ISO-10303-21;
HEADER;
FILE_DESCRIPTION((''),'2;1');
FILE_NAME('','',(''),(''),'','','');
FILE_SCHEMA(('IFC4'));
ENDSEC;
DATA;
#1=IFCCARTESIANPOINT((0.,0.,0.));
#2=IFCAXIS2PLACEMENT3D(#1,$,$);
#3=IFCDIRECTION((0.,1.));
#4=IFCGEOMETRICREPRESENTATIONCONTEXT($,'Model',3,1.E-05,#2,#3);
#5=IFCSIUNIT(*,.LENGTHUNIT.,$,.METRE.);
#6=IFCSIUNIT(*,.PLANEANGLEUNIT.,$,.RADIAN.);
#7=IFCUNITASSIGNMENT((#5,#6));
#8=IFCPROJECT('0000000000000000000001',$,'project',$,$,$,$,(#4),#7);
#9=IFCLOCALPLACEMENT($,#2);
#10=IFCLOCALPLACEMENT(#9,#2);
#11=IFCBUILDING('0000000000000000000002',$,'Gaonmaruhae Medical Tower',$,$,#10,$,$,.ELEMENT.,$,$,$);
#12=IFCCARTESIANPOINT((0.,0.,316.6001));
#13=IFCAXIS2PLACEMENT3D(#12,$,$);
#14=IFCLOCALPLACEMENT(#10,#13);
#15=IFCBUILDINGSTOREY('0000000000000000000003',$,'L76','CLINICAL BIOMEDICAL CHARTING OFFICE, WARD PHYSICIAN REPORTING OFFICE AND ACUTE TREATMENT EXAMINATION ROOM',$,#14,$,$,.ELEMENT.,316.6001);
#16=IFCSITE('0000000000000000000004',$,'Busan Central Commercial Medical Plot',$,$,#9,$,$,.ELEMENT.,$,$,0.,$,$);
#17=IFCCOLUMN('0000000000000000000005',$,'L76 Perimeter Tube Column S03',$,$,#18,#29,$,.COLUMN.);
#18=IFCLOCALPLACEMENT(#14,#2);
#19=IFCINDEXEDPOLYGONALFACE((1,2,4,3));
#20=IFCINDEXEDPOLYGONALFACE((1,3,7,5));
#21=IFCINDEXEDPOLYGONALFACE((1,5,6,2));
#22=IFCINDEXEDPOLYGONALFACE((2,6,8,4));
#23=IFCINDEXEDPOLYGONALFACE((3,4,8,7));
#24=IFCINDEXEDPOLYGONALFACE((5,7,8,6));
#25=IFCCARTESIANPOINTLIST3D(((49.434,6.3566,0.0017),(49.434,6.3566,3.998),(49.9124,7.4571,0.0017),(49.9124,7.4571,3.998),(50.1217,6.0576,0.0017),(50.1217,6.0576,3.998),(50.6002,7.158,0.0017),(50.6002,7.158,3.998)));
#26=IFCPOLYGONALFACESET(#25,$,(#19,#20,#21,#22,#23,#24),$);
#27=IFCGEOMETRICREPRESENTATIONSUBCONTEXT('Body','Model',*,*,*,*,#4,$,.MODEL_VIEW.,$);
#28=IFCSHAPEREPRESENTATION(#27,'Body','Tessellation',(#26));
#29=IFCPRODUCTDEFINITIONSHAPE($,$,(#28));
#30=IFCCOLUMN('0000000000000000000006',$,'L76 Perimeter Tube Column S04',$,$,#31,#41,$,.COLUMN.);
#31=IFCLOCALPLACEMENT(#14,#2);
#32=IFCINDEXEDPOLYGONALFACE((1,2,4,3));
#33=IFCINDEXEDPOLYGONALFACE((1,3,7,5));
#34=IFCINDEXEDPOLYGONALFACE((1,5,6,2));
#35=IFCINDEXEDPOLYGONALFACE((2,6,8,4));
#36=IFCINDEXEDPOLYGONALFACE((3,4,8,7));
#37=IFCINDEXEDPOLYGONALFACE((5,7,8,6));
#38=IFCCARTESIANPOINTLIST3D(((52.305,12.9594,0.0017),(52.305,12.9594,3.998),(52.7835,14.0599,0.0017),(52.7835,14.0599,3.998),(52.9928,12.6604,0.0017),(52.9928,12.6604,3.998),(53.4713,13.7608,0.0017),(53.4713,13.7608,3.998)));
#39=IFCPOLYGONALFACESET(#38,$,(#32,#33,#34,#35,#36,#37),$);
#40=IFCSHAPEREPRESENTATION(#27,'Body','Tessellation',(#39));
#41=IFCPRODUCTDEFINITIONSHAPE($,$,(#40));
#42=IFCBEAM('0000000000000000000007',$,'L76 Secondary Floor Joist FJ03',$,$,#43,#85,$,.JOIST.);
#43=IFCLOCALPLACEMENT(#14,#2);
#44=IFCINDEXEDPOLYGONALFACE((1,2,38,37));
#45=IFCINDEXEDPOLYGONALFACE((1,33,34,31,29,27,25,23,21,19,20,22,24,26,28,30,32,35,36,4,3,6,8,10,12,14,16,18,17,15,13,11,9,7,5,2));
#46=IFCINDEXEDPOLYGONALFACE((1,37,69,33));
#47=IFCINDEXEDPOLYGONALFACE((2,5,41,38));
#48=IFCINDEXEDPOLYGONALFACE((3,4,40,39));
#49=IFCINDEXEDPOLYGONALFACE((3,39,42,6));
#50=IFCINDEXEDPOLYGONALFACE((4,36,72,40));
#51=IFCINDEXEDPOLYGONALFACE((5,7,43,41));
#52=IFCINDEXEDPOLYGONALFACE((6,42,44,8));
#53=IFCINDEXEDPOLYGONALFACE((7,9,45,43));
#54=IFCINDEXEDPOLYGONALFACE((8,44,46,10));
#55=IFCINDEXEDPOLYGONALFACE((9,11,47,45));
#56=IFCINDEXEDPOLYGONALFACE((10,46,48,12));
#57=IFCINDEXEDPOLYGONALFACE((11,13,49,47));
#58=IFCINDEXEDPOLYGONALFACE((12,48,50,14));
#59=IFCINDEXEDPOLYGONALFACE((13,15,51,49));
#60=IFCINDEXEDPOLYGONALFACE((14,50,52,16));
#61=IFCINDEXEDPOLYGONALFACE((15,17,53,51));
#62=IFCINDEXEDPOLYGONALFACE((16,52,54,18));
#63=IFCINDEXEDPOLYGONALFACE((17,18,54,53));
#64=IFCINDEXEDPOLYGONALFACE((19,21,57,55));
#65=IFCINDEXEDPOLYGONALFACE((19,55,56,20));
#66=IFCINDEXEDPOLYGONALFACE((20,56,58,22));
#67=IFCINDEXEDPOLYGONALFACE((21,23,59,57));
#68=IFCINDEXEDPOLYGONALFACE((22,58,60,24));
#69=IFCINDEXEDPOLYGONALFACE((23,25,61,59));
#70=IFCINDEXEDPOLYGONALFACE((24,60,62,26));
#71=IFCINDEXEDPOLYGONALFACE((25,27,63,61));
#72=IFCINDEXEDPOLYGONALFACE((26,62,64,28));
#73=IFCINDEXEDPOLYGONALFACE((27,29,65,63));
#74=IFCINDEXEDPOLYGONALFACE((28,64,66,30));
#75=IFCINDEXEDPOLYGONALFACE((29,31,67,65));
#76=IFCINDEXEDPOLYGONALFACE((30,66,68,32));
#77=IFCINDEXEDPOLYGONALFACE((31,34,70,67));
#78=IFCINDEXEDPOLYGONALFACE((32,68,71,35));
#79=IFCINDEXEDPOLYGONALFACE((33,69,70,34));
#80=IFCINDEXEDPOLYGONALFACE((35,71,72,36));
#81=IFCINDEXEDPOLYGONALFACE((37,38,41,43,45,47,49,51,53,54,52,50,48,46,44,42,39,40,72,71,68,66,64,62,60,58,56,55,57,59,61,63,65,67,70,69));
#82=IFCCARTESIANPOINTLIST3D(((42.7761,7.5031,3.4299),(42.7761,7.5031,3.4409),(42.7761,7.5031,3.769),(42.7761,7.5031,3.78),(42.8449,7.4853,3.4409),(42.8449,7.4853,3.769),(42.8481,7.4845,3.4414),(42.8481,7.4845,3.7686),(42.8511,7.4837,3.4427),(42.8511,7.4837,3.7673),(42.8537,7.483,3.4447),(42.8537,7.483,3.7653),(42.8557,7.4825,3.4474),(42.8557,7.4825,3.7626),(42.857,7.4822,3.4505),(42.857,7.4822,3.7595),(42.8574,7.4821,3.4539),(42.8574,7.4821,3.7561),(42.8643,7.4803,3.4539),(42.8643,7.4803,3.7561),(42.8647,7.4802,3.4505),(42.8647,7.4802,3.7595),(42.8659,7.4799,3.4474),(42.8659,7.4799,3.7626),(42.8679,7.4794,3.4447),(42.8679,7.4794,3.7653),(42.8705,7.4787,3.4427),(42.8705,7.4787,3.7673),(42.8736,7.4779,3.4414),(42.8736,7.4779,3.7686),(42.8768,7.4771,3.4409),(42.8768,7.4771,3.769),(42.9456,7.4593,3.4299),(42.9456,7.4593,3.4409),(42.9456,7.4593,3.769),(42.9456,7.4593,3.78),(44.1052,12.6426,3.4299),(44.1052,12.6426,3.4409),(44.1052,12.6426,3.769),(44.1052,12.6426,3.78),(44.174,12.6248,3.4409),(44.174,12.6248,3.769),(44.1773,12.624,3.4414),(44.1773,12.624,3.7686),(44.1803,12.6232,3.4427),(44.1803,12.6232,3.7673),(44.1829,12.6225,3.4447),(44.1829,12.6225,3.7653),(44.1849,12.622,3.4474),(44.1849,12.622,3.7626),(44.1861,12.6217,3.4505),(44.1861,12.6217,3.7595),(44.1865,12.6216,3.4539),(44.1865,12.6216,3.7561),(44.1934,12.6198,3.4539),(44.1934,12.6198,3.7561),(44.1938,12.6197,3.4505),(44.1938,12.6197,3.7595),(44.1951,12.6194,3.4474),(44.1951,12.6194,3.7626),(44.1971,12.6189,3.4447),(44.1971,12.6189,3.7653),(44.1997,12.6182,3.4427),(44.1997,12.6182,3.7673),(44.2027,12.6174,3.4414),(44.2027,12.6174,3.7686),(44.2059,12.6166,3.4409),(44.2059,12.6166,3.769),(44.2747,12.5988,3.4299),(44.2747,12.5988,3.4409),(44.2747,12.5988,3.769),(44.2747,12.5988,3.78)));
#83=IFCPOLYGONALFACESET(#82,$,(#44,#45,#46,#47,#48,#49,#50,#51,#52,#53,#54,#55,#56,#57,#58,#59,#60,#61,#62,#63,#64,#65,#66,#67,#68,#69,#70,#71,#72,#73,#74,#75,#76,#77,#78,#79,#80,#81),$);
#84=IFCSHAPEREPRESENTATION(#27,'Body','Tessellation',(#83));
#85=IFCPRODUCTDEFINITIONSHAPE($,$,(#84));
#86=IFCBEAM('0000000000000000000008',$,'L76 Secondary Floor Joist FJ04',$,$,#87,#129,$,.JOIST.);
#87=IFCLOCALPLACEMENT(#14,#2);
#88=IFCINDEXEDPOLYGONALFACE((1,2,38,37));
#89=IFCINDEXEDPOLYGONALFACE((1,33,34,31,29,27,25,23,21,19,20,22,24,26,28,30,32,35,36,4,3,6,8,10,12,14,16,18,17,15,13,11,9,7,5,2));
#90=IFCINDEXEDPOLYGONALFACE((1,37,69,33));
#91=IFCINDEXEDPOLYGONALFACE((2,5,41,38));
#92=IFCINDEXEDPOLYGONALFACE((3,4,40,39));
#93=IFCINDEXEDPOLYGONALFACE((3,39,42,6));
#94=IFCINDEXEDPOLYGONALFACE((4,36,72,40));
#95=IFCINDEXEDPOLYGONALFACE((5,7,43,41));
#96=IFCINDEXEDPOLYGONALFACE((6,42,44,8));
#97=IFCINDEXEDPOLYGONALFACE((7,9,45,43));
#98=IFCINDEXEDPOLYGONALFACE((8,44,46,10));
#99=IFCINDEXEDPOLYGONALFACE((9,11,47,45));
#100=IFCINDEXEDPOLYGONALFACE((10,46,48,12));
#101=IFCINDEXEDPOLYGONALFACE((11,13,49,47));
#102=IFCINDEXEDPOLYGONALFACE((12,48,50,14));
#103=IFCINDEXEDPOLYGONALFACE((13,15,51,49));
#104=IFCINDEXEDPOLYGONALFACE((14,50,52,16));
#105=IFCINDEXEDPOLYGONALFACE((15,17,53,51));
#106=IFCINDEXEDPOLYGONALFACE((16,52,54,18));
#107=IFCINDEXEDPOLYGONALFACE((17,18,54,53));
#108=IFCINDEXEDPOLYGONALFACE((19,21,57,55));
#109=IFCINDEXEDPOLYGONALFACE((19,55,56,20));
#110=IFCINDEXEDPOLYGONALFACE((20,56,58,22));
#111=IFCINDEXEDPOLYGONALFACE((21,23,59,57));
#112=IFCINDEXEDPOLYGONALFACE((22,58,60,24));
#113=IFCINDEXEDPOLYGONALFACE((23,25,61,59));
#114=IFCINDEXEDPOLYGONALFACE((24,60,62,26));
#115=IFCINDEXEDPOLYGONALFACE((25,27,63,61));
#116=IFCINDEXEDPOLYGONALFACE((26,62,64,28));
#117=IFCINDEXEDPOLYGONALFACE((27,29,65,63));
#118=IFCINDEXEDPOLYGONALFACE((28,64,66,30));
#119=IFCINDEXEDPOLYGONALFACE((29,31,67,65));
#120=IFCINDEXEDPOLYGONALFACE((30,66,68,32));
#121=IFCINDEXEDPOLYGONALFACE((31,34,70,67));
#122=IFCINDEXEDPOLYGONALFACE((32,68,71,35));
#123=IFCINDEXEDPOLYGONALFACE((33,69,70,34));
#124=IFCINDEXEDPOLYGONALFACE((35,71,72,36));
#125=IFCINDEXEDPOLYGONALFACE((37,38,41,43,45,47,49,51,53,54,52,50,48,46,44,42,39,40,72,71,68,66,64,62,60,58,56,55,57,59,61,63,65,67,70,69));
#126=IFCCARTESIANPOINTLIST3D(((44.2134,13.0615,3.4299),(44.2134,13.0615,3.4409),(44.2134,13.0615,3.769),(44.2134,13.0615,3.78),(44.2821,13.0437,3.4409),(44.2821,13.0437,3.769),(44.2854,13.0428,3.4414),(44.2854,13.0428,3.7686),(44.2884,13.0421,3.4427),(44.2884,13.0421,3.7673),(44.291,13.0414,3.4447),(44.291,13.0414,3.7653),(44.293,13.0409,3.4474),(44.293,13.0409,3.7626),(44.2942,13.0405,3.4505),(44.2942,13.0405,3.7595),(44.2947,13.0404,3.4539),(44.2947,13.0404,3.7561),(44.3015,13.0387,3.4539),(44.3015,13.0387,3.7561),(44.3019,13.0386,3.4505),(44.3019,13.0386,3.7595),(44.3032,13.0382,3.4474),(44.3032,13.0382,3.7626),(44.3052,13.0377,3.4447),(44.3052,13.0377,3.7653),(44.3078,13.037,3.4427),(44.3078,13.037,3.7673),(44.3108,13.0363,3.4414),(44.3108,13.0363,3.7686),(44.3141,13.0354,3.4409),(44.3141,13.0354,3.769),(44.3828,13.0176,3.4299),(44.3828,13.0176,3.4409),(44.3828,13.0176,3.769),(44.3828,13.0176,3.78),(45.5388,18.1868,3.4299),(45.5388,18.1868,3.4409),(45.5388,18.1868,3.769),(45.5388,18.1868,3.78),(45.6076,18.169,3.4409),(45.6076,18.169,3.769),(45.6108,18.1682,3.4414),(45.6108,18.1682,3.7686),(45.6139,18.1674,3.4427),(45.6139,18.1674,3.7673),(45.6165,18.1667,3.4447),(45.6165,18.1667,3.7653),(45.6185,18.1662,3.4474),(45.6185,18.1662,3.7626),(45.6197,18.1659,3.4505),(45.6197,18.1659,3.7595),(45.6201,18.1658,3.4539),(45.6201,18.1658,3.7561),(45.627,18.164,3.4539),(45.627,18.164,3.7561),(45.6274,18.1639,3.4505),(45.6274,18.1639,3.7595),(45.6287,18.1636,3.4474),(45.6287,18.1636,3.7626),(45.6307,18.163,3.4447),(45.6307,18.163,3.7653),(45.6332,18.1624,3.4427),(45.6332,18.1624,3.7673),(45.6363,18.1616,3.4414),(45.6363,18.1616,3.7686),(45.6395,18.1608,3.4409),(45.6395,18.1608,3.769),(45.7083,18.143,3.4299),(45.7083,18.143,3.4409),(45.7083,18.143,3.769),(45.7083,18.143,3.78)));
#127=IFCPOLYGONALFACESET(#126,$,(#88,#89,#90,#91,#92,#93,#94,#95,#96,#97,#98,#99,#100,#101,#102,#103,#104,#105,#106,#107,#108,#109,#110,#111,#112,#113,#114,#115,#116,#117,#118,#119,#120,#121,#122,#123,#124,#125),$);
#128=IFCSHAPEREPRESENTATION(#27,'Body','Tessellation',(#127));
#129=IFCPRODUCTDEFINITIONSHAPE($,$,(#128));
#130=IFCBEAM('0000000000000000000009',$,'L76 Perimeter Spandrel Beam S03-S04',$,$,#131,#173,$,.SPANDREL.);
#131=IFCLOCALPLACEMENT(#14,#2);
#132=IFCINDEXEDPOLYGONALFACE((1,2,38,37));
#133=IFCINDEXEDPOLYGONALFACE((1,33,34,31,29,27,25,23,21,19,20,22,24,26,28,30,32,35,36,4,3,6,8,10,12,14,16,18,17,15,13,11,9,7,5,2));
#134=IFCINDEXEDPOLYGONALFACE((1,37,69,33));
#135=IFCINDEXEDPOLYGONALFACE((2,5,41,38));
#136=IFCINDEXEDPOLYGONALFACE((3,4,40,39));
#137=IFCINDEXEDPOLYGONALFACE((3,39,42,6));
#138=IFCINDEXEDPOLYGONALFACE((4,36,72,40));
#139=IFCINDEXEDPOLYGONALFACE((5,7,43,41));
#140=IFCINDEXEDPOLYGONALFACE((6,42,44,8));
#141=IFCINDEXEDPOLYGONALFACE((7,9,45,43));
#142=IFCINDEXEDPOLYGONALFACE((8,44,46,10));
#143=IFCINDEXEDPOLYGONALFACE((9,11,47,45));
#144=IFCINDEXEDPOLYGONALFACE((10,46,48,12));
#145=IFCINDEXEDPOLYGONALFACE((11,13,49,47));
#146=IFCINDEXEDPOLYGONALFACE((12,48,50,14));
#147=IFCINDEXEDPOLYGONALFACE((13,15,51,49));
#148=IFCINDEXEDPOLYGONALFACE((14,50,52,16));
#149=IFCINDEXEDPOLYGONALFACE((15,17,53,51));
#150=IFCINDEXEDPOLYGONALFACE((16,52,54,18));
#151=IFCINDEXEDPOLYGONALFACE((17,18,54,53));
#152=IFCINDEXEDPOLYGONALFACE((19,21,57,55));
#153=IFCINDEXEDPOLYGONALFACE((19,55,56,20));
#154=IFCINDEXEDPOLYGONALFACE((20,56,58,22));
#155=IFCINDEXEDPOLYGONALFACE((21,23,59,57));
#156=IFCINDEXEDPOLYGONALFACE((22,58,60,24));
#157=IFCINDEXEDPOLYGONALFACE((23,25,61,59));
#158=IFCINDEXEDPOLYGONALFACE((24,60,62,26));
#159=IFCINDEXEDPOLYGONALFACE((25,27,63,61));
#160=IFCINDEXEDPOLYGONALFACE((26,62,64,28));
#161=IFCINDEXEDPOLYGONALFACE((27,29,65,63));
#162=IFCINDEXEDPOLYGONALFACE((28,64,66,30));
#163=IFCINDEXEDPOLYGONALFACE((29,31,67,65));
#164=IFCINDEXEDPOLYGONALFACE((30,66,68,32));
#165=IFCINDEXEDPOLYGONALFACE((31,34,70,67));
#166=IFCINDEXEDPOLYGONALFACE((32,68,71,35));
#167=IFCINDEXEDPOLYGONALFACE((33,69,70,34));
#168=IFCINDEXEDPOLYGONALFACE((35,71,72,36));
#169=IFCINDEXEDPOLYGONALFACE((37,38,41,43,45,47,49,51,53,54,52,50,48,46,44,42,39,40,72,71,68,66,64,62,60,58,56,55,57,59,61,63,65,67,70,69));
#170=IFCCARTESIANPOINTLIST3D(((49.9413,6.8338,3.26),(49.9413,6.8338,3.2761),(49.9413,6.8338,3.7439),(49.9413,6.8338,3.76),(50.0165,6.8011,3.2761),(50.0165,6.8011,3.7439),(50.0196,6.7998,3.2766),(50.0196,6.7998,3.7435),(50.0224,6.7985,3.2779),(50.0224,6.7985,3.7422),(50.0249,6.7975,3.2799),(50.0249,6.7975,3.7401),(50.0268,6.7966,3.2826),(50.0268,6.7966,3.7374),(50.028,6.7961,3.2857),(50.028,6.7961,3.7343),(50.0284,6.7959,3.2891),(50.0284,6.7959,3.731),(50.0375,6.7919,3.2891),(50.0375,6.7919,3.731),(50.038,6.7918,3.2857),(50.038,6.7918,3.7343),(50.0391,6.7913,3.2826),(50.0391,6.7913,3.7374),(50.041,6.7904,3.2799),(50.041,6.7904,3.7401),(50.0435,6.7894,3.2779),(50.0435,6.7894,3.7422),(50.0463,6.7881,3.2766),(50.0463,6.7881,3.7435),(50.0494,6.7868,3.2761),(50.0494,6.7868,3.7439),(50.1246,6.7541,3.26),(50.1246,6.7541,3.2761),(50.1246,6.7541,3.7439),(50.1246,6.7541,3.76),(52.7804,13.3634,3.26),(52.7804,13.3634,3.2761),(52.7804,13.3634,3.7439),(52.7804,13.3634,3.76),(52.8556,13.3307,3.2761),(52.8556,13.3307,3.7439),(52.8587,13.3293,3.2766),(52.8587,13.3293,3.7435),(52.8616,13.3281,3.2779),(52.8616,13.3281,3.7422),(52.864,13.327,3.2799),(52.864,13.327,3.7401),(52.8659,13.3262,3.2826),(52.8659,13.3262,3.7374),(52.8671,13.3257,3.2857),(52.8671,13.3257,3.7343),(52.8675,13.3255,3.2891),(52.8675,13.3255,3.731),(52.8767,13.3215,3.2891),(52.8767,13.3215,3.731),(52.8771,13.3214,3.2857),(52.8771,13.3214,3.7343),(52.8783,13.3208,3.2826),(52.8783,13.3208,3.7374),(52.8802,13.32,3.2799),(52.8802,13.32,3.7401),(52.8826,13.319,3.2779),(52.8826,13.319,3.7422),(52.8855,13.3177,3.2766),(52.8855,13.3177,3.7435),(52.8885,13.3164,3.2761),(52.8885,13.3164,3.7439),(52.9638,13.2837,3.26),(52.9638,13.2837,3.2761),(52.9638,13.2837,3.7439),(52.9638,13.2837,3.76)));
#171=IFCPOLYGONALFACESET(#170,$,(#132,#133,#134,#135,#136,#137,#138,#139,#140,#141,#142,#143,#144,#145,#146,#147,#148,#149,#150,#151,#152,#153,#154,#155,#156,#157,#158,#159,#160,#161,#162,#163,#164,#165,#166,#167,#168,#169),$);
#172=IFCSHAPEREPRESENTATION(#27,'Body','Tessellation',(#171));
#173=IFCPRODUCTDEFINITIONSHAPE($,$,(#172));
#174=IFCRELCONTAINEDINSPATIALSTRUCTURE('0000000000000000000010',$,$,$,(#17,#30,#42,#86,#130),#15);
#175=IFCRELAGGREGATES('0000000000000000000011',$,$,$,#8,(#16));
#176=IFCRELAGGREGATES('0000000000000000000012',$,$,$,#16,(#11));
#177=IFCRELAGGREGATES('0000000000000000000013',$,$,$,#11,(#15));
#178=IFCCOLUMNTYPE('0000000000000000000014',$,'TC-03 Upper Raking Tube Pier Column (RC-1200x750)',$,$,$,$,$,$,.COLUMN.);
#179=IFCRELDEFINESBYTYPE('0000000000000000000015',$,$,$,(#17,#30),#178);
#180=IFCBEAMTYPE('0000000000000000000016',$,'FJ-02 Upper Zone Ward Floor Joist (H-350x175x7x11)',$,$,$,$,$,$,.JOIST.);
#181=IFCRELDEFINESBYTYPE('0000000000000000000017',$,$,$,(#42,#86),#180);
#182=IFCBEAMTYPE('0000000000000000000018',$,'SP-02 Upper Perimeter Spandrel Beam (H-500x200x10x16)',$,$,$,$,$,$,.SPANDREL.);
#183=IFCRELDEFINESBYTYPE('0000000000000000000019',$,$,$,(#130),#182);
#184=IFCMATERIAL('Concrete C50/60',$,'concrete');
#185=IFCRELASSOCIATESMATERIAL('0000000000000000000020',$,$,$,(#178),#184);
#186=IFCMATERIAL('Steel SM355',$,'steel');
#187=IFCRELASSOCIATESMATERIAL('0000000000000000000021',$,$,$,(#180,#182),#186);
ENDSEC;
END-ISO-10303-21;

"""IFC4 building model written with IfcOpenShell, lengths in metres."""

from ifc_helpers import new_model, si_unit, direction, frame, origin, origin_2d, place, context, subcontext, project, spatial, rectangle, i_section, extrude, material, material_profile, profile_set, type_object, element, save


model = new_model("IFC4")

# Units and contexts
model_context = context("Model", 3, precision=1e-05, world=origin(), true_north=direction((0.0, 1.0)))
body_context = subcontext(model_context, "Body", "Model", "MODEL_VIEW")
ifc_project = project(units=[si_unit("LENGTHUNIT", "METRE"), si_unit("PLANEANGLEUNIT", "RADIAN")], contexts=[model_context])

# Site, building, storey
site_placement = place(None, origin())
site = spatial("IfcSite", under=ifc_project, at=site_placement, Name="Busan Central Commercial Medical Plot", CompositionType="ELEMENT", RefElevation=0.0)
building_placement = place(site_placement, origin())
building = spatial("IfcBuilding", under=site, at=building_placement, Name="Gaonmaruhae Medical Tower", CompositionType="ELEMENT")
storey_placement = place(building_placement, frame((0.0, 0.0, 316.6001)))
storey = spatial("IfcBuildingStorey", under=building, at=storey_placement, Name="L76", Description="CLINICAL BIOMEDICAL CHARTING OFFICE, WARD PHYSICIAN REPORTING OFFICE AND ACUTE TREATMENT EXAMINATION ROOM", CompositionType="ELEMENT", Elevation=316.6001)

# Columns
ifc_material_1 = material(Name="Concrete C50/60", Category="concrete")
ifc_material_profile_1 = material_profile(ifc_material_1, rectangle(XDim=1.2, YDim=0.75, at=origin_2d()), Name="RC-1200x750")
ifc_profile_set_1 = profile_set([ifc_material_profile_1], Name="Concrete C50/60")
column_type = type_object("IfcColumnType", Name="TC-03 Upper Raking Tube Pier Column (RC-1200x750)", PredefinedType="COLUMN", material=ifc_profile_set_1)
for number, where, z_axis, x_axis, name in (
    (1, (50.0171, 6.7573, 0.0017), (0.0, 0.0, 1.0), (0.398749, 0.91706, 0.0), "L76 Perimeter Tube Column S03"),
    (2, (52.8882, 13.3601, 0.0017), (0.0, 0.0, 1.0), (0.398749, 0.91706, 0.0), "L76 Perimeter Tube Column S04"),
):
    element("IfcColumn", number, at=place(storey_placement, frame(where, z_axis=z_axis, x_axis=x_axis)), inside=storey, type_object=column_type, Name=name, PredefinedType="COLUMN", context=body_context, shape_type="SweptSolid", body=[
        extrude(rectangle(XDim=1.2, YDim=0.75, at=origin_2d()), origin(), (0.0, 0.0, 1.0), 3.9963),
    ])

# Beams
ifc_material_2 = material(Name="Steel SM355", Category="steel")
ifc_material_profile_2 = material_profile(ifc_material_2, i_section(OverallWidth=0.175, OverallDepth=0.3501, WebThickness=0.0071, FlangeThickness=0.011, FilletRadius=0.0129, at=origin_2d()), Name="H-350x175x7x11")
ifc_profile_set_2 = profile_set([ifc_material_profile_2], Name="Steel SM355")
beam_type_1 = type_object("IfcBeamType", Name="FJ-02 Upper Zone Ward Floor Joist (H-350x175x7x11)", PredefinedType="JOIST", material=ifc_profile_set_2)
beam_1_placement = place(storey_placement, frame((42.8608, 7.4812, 3.605), z_axis=(0.250373, 0.968149, 0.0), x_axis=(-0.968149, 0.250373, 0.0)))
element("IfcBeam", 3, at=beam_1_placement, inside=storey, type_object=beam_type_1, Name="L76 Secondary Floor Joist FJ03", PredefinedType="JOIST", context=body_context, shape_type="SweptSolid", body=[
    extrude(i_section(OverallWidth=0.175, OverallDepth=0.3501, WebThickness=0.0071, FlangeThickness=0.011, FilletRadius=0.0129, at=origin_2d()), origin(), (0.0, 0.0, 1.0), 5.3086),
])
beam_2_placement = place(storey_placement, frame((44.2981, 13.0396, 3.605), z_axis=(0.250373, 0.968149, 0.0), x_axis=(-0.968149, 0.250373, 0.0)))
element("IfcBeam", 4, at=beam_2_placement, inside=storey, type_object=beam_type_1, Name="L76 Secondary Floor Joist FJ04", PredefinedType="JOIST", context=body_context, shape_type="SweptSolid", body=[
    extrude(i_section(OverallWidth=0.175, OverallDepth=0.3501, WebThickness=0.0071, FlangeThickness=0.011, FilletRadius=0.0129, at=origin_2d()), origin(), (0.0, 0.0, 1.0), 5.2939),
])
ifc_material_profile_3 = material_profile(ifc_material_2, i_section(OverallWidth=0.2, OverallDepth=0.5, WebThickness=0.01, FlangeThickness=0.0161, FilletRadius=0.0129, at=origin_2d()), Name="H-500x200x10x16")
ifc_profile_set_3 = profile_set([ifc_material_profile_3], Name="Steel SM355")
beam_type_2 = type_object("IfcBeamType", Name="SP-02 Upper Perimeter Spandrel Beam (H-500x200x10x16)", PredefinedType="SPANDREL", material=ifc_profile_set_3)
for number, where, z_axis, x_axis, name in (
    (5, (50.033, 6.7939, 3.51), (0.398747, 0.917061, 0.0), (-0.917061, 0.398747, 0.0), "L76 Perimeter Spandrel Beam S03-S04"),
):
    element("IfcBeam", number, at=place(storey_placement, frame(where, z_axis=z_axis, x_axis=x_axis)), inside=storey, type_object=beam_type_2, Name=name, PredefinedType="SPANDREL", context=body_context, shape_type="SweptSolid", body=[
        extrude(i_section(OverallWidth=0.2, OverallDepth=0.5, WebThickness=0.01, FlangeThickness=0.0161, FilletRadius=0.0129, at=origin_2d()), origin(), (0.0, 0.0, 1.0), 7.1201),
    ])

save(model, "model.ifc")
